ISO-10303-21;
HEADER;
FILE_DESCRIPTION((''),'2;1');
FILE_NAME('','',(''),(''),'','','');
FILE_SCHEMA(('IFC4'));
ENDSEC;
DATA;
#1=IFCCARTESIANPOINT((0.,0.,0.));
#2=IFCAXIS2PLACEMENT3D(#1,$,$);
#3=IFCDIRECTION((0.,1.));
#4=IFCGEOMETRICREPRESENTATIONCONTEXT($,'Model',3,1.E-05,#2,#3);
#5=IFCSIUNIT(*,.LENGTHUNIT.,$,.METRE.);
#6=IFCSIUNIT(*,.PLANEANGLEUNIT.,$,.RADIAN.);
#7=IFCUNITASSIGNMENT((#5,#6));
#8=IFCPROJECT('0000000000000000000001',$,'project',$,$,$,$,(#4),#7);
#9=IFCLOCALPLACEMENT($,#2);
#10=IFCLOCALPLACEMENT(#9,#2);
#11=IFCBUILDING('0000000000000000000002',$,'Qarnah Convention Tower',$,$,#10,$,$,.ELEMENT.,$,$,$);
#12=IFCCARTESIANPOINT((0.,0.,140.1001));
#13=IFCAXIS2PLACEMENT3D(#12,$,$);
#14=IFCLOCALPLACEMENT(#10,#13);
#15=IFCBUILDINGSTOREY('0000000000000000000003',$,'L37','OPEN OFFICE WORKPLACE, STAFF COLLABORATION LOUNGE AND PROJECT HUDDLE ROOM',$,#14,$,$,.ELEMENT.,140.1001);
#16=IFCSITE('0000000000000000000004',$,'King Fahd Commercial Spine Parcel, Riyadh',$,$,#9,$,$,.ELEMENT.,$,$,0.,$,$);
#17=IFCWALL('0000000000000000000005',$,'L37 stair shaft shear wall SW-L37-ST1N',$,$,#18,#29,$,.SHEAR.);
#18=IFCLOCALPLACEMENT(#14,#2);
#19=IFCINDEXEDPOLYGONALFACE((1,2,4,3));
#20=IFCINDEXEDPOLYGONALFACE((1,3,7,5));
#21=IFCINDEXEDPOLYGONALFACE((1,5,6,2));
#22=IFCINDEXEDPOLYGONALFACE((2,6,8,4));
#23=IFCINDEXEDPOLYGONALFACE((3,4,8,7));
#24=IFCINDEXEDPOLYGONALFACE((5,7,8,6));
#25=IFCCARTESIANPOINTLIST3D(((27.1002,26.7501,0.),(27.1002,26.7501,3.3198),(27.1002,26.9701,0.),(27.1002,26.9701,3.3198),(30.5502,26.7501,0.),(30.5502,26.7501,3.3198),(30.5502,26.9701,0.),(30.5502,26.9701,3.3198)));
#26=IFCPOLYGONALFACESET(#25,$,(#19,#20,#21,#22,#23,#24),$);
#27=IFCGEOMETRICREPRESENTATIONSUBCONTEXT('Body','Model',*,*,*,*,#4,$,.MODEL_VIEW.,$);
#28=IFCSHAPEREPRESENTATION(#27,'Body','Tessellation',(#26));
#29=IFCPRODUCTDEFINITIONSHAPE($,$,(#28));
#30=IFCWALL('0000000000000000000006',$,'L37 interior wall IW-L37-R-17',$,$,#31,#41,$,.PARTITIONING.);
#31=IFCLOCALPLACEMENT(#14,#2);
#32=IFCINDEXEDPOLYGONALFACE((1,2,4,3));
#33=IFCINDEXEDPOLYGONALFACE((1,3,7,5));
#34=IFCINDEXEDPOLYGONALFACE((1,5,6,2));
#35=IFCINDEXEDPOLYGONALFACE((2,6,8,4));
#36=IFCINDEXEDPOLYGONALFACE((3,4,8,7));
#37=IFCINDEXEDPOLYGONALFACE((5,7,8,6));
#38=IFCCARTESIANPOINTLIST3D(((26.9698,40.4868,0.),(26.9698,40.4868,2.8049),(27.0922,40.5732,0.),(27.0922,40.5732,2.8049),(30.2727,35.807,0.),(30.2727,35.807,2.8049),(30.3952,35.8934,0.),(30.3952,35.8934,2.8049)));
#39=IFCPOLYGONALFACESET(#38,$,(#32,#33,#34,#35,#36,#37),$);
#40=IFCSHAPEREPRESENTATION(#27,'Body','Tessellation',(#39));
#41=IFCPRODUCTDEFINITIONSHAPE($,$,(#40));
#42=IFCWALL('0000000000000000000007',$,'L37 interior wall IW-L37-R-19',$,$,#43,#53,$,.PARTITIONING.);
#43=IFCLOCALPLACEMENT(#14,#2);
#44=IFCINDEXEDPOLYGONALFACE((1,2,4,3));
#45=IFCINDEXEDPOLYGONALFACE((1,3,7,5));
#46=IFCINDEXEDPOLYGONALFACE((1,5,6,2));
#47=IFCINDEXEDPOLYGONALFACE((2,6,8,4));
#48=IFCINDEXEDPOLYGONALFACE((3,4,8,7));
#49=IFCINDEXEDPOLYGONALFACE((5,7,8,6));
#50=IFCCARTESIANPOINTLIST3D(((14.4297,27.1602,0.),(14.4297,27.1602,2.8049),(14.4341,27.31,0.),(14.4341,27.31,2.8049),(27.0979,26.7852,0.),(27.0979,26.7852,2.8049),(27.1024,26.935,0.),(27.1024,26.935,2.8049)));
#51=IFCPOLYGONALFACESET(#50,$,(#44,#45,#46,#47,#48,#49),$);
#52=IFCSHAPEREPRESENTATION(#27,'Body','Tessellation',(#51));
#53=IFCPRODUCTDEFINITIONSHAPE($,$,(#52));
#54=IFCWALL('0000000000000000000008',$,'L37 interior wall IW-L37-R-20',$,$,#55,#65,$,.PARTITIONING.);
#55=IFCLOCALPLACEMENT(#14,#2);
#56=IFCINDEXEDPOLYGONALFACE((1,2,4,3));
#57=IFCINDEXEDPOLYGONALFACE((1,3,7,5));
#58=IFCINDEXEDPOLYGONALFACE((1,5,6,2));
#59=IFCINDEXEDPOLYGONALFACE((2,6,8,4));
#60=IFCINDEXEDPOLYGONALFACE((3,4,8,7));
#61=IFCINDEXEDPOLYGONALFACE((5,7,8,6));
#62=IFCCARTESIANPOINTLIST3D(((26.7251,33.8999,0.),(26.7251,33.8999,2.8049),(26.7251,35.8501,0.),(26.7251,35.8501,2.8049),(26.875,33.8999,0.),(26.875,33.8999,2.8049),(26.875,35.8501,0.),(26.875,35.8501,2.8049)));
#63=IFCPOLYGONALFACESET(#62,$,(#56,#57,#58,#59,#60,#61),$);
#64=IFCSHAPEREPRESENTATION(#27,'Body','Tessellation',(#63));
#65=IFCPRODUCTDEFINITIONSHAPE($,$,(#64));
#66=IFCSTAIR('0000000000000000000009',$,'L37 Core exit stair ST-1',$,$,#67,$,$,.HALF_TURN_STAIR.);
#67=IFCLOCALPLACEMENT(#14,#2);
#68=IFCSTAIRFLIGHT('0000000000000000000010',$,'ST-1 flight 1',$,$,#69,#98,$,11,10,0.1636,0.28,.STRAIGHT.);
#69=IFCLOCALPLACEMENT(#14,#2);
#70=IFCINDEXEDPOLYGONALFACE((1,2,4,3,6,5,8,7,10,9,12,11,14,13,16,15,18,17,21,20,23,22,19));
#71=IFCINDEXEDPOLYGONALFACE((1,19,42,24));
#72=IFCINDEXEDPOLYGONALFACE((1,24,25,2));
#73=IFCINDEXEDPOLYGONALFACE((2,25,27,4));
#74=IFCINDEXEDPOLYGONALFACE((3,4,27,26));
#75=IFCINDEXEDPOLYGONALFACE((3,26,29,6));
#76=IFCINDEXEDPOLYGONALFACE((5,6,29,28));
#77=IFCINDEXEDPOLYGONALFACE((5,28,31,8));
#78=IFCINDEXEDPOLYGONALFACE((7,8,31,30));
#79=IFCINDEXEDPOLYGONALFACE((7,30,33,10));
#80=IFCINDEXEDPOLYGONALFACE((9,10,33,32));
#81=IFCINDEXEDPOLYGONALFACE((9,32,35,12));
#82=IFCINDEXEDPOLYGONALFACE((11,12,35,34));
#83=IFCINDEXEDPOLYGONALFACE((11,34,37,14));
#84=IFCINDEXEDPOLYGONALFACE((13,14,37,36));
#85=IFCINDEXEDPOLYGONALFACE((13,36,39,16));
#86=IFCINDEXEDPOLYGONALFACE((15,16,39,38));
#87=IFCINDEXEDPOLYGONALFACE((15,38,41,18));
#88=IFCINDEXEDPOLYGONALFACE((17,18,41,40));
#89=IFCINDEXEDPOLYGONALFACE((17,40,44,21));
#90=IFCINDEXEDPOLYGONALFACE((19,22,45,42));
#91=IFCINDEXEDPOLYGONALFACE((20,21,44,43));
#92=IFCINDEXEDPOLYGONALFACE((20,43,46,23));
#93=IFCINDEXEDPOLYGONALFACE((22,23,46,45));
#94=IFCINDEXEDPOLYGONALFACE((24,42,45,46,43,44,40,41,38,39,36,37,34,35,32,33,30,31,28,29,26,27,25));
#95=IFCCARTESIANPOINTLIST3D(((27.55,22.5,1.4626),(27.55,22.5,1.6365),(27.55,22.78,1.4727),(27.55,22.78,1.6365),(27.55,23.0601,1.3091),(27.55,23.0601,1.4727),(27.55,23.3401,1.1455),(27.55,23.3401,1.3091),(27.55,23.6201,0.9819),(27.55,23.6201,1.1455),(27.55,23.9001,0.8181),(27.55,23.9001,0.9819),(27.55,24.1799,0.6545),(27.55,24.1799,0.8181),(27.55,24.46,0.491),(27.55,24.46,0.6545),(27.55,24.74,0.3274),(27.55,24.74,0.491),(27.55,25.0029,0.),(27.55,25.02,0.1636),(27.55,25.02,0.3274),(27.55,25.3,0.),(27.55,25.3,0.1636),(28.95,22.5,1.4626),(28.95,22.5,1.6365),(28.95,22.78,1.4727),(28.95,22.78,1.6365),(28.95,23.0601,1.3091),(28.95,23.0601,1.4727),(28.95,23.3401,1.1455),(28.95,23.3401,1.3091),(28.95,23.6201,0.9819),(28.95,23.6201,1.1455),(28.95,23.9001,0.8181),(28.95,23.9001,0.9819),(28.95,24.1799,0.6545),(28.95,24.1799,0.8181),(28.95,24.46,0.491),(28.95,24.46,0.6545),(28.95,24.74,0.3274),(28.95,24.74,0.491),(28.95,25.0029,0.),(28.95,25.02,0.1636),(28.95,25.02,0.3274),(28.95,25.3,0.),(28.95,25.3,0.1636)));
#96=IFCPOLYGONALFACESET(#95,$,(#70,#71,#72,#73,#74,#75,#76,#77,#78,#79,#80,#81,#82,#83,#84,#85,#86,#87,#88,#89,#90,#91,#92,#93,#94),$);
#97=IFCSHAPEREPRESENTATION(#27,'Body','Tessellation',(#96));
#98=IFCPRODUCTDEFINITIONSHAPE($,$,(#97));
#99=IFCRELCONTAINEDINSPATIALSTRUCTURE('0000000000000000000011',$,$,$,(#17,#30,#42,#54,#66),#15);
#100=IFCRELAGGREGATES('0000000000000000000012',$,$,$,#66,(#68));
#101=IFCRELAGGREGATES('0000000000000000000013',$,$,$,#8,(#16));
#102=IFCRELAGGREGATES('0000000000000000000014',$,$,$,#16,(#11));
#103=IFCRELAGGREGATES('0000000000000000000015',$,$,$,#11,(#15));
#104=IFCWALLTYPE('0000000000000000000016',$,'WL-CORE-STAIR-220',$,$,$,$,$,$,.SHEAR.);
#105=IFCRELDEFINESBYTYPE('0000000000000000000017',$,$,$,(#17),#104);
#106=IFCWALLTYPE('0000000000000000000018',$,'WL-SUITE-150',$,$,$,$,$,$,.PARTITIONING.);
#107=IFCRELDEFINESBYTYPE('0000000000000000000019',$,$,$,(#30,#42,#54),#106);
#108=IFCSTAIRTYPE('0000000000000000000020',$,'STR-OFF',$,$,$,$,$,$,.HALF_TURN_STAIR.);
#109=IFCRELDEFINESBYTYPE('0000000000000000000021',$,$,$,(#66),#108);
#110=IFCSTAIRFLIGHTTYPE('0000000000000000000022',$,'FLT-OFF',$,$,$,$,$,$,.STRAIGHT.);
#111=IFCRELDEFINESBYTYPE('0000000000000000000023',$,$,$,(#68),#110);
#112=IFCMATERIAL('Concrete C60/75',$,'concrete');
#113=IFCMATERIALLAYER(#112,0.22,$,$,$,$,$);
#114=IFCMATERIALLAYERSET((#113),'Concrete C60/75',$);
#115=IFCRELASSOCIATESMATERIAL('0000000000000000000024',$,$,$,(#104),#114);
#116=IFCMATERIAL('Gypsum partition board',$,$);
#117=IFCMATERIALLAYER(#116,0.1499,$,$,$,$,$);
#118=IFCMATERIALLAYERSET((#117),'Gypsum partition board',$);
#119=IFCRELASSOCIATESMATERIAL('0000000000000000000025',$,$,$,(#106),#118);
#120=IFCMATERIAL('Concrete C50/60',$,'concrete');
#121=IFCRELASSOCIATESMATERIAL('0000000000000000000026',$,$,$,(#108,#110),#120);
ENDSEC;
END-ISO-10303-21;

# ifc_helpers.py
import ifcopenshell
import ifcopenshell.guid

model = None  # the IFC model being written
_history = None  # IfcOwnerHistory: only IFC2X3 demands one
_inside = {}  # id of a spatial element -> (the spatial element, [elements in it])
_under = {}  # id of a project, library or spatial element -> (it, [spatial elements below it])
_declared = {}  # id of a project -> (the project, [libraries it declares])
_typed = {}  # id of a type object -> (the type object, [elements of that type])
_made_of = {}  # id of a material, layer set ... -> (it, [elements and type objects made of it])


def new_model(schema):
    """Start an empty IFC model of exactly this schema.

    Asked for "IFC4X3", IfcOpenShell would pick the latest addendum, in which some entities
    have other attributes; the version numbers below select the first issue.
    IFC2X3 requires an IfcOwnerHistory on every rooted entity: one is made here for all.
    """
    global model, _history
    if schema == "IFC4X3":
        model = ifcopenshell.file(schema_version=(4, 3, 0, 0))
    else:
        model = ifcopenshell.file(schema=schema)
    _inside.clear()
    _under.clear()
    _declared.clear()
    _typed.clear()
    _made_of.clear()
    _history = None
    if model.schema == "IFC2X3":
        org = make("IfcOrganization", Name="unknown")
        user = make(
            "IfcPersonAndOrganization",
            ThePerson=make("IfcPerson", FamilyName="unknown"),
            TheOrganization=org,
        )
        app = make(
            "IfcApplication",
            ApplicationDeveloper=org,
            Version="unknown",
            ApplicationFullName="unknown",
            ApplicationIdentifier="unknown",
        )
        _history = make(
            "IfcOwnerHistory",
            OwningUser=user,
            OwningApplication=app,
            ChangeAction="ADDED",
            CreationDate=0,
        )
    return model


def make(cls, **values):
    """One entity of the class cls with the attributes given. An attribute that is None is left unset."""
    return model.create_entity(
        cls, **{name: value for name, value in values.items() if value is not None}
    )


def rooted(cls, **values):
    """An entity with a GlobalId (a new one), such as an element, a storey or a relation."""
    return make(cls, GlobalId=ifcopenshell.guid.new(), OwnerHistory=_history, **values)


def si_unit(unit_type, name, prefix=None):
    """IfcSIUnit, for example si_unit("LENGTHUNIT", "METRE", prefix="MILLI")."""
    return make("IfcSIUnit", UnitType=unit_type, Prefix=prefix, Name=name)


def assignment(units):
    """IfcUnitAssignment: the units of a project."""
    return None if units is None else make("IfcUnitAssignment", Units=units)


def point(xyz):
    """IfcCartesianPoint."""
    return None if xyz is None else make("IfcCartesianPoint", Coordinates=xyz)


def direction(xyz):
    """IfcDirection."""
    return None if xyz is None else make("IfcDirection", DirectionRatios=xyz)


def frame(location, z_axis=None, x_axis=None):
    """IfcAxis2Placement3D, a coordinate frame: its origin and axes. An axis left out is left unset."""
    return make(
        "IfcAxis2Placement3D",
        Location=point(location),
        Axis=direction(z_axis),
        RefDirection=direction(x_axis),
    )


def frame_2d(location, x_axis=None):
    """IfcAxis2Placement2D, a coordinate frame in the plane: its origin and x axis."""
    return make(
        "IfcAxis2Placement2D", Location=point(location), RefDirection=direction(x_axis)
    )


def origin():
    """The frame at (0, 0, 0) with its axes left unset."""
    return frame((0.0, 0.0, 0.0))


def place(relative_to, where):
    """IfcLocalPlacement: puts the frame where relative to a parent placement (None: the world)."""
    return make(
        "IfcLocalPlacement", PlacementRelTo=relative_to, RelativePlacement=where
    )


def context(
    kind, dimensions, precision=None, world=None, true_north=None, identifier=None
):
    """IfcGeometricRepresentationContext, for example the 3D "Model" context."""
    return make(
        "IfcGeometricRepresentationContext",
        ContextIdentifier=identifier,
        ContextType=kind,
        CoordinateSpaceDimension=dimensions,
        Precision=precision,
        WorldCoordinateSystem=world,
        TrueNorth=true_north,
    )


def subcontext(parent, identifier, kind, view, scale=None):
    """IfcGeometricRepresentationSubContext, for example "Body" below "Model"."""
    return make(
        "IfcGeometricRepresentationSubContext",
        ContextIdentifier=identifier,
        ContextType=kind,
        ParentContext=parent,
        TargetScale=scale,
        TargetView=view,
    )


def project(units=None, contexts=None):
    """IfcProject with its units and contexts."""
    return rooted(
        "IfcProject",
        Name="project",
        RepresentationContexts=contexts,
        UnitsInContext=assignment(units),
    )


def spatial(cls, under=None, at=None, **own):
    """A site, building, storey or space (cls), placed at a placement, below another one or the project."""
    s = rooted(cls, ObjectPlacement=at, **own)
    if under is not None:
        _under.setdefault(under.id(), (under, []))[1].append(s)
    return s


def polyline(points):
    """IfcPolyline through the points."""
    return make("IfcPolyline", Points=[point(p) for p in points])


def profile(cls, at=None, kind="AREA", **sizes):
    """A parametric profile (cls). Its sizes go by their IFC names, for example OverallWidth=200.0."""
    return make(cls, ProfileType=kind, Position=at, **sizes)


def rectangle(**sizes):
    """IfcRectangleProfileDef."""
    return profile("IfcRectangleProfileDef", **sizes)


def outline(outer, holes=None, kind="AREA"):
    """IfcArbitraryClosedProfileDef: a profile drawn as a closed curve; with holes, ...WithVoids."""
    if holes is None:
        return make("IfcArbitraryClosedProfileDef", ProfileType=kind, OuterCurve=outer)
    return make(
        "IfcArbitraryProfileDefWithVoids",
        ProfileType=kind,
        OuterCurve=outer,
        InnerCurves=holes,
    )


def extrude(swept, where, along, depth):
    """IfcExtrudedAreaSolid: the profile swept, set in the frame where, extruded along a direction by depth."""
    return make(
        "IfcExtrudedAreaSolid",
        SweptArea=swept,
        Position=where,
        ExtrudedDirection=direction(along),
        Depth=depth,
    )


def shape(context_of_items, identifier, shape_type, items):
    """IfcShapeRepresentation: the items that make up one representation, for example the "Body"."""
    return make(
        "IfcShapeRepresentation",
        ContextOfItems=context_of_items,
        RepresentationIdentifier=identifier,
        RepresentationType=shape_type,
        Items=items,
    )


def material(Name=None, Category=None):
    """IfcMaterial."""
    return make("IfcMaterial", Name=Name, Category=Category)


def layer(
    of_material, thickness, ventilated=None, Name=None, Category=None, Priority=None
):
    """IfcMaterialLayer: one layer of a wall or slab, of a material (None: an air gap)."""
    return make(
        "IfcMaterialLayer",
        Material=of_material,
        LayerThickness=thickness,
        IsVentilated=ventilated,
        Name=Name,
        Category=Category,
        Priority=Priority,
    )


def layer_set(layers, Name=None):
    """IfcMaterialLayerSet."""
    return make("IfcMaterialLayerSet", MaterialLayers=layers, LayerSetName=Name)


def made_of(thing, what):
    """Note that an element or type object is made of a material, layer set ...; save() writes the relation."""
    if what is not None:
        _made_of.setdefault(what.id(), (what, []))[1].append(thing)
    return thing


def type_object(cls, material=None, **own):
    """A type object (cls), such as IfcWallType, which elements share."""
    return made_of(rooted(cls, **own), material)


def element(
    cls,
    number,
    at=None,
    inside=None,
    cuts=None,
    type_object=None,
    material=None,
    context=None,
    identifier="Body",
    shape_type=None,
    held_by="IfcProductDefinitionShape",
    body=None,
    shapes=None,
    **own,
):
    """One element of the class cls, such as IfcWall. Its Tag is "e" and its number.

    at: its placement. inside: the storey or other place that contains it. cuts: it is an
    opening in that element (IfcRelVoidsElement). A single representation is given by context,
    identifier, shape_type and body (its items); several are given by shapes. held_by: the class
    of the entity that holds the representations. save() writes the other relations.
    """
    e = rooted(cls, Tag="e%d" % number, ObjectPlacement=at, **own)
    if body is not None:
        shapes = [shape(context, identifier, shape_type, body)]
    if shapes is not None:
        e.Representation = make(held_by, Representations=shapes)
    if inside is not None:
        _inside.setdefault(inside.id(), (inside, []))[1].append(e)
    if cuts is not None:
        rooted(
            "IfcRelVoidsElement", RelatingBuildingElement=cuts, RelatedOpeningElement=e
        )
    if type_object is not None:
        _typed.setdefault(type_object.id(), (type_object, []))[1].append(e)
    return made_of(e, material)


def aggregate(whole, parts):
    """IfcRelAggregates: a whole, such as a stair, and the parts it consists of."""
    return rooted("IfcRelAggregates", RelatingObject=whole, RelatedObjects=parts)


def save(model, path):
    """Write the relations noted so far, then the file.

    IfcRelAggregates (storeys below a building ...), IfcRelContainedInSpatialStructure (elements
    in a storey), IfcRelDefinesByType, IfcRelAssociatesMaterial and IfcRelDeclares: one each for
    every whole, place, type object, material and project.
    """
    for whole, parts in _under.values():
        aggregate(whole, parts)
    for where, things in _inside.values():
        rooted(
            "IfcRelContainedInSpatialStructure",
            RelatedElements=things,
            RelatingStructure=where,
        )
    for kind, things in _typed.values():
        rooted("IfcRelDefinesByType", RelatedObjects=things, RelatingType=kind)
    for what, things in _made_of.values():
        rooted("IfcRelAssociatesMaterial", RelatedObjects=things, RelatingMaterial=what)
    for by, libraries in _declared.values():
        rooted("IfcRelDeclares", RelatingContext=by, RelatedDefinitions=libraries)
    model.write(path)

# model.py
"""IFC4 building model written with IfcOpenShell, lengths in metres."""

from ifc_helpers import new_model, si_unit, direction, frame, frame_2d, origin, place, context, subcontext, project, spatial, polyline, rectangle, outline, extrude, material, layer, layer_set, type_object, element, aggregate, save


model = new_model("IFC4")

# Units and contexts
model_context = context("Model", 3, precision=1e-05, world=origin(), true_north=direction((0.0, 1.0)))
body_context = subcontext(model_context, "Body", "Model", "MODEL_VIEW")
ifc_project = project(units=[si_unit("LENGTHUNIT", "METRE"), si_unit("PLANEANGLEUNIT", "RADIAN")], contexts=[model_context])

# Site, building, storey
site_placement = place(None, origin())
site = spatial("IfcSite", under=ifc_project, at=site_placement, Name="King Fahd Commercial Spine Parcel, Riyadh", CompositionType="ELEMENT", RefElevation=0.0)
building_placement = place(site_placement, origin())
building = spatial("IfcBuilding", under=site, at=building_placement, Name="Qarnah Convention Tower", CompositionType="ELEMENT")
storey_placement = place(building_placement, frame((0.0, 0.0, 140.1001)))
storey = spatial("IfcBuildingStorey", under=building, at=storey_placement, Name="L37", Description="OPEN OFFICE WORKPLACE, STAFF COLLABORATION LOUNGE AND PROJECT HUDDLE ROOM", CompositionType="ELEMENT", Elevation=140.1001)

# Shared definitions
ifc_material_1 = material(Name="Concrete C60/75", Category="concrete")

# Wall
ifc_layer_1 = layer(ifc_material_1, 0.22)
ifc_layer_set_1 = layer_set([ifc_layer_1], Name="Concrete C60/75")
wall_type_1 = type_object("IfcWallType", Name="WL-CORE-STAIR-220", PredefinedType="SHEAR", material=ifc_layer_set_1)
wall_1_placement = place(storey_placement, frame((27.1001, 26.8601, 0.0), z_axis=(0.0, 0.0, 1.0), x_axis=(1.0, 0.0, 0.0)))
element("IfcWall", 1, at=wall_1_placement, inside=storey, type_object=wall_type_1, Name="L37 stair shaft shear wall SW-L37-ST1N", PredefinedType="SHEAR", context=body_context, shape_type="SweptSolid", body=[
    extrude(rectangle(XDim=3.45, YDim=0.22, at=frame_2d((1.7251, 0.0))), origin(), (0.0, 0.0, 1.0), 3.3198),
])

# Walls
ifc_material_2 = material(Name="Gypsum partition board")
ifc_layer_2 = layer(ifc_material_2, 0.1499)
ifc_layer_set_2 = layer_set([ifc_layer_2], Name="Gypsum partition board")
wall_type_2 = type_object("IfcWallType", Name="WL-SUITE-150", PredefinedType="PARTITIONING", material=ifc_layer_set_2)
wall_2_placement = place(storey_placement, frame((27.031, 40.53, 0.0), z_axis=(0.0, 0.0, 1.0), x_axis=(0.576625, -0.817009, 0.0)))
element("IfcWall", 2, at=wall_2_placement, inside=storey, type_object=wall_type_2, Name="L37 interior wall IW-L37-R-17", PredefinedType="PARTITIONING", context=body_context, shape_type="SweptSolid", body=[
    extrude(rectangle(XDim=5.728, YDim=0.1499, at=frame_2d((2.864, 0.0))), origin(), (0.0, 0.0, 1.0), 2.8049),
])
wall_3_placement = place(storey_placement, frame((14.4319, 27.2351, 0.0), z_axis=(0.0, 0.0, 1.0), x_axis=(0.999562, -0.029589, 0.0)))
element("IfcWall", 3, at=wall_3_placement, inside=storey, type_object=wall_type_2, Name="L37 interior wall IW-L37-R-19", PredefinedType="PARTITIONING", context=body_context, shape_type="SweptSolid", body=[
    extrude(rectangle(XDim=12.6738, YDim=0.1499, at=frame_2d((6.3369, 0.0))), origin(), (0.0, 0.0, 1.0), 2.8049),
])
wall_4_placement = place(storey_placement, frame((26.8, 33.8999, 0.0), z_axis=(0.0, 0.0, 1.0), x_axis=(0.0, 1.0, 0.0)))
element("IfcWall", 4, at=wall_4_placement, inside=storey, type_object=wall_type_2, Name="L37 interior wall IW-L37-R-20", PredefinedType="PARTITIONING", context=body_context, shape_type="SweptSolid", body=[
    extrude(rectangle(XDim=1.9502, YDim=0.1499, at=frame_2d((0.9751, 0.0))), origin(), (0.0, 0.0, 1.0), 2.8049),
])

# Stair, stair flight
ifc_material_3 = material(Name="Concrete C50/60", Category="concrete")
stair_type = type_object("IfcStairType", Name="STR-OFF", PredefinedType="HALF_TURN_STAIR", material=ifc_material_3)
stair_placement = place(storey_placement, origin())
stair = element("IfcStair", 5, at=stair_placement, inside=storey, type_object=stair_type, Name="L37 Core exit stair ST-1", PredefinedType="HALF_TURN_STAIR")
stair_flight_type = type_object("IfcStairFlightType", Name="FLT-OFF", PredefinedType="STRAIGHT", material=ifc_material_3)
stair_flight_placement = place(storey_placement, frame((28.25, 25.3, 0.0), z_axis=(0.0, 0.0, 1.0), x_axis=(0.0, -1.0, 0.0)))
stair_flight = element("IfcStairFlight", 6, at=stair_flight_placement, type_object=stair_flight_type, Name="ST-1 flight 1", NumberOfRisers=11, NumberOfTreads=10, PredefinedType="STRAIGHT", RiserHeight=0.1636, TreadLength=0.28, context=body_context, shape_type="SweptSolid", body=[
    extrude(outline(polyline([(0.0, 0.0), (0.0, 0.1636), (0.28, 0.1636), (0.28, 0.3274), (0.5601, 0.3274), (0.5601, 0.491), (0.8401, 0.491), (0.8401, 0.6545), (1.1201, 0.6545), (1.1201, 0.8181), (1.3999, 0.8181), (1.3999, 0.9819), (1.6799, 0.9819), (1.6799, 1.1455), (1.96, 1.1455), (1.96, 1.3091), (2.24, 1.3091), (2.24, 1.4727), (2.52, 1.4727), (2.52, 1.6365), (2.8, 1.6365), (2.8, 1.8), (2.8, 1.4626), (0.2971, 0.0), (0.0, 0.0)])), frame((0.0, 0.7, 0.0), z_axis=(0.0, -1.0, 0.0), x_axis=(1.0, 0.0, 0.0)), (0.0, 0.0, 1.0), 1.3999),
])
aggregate(stair, [stair_flight])

save(model, "model.ifc")
